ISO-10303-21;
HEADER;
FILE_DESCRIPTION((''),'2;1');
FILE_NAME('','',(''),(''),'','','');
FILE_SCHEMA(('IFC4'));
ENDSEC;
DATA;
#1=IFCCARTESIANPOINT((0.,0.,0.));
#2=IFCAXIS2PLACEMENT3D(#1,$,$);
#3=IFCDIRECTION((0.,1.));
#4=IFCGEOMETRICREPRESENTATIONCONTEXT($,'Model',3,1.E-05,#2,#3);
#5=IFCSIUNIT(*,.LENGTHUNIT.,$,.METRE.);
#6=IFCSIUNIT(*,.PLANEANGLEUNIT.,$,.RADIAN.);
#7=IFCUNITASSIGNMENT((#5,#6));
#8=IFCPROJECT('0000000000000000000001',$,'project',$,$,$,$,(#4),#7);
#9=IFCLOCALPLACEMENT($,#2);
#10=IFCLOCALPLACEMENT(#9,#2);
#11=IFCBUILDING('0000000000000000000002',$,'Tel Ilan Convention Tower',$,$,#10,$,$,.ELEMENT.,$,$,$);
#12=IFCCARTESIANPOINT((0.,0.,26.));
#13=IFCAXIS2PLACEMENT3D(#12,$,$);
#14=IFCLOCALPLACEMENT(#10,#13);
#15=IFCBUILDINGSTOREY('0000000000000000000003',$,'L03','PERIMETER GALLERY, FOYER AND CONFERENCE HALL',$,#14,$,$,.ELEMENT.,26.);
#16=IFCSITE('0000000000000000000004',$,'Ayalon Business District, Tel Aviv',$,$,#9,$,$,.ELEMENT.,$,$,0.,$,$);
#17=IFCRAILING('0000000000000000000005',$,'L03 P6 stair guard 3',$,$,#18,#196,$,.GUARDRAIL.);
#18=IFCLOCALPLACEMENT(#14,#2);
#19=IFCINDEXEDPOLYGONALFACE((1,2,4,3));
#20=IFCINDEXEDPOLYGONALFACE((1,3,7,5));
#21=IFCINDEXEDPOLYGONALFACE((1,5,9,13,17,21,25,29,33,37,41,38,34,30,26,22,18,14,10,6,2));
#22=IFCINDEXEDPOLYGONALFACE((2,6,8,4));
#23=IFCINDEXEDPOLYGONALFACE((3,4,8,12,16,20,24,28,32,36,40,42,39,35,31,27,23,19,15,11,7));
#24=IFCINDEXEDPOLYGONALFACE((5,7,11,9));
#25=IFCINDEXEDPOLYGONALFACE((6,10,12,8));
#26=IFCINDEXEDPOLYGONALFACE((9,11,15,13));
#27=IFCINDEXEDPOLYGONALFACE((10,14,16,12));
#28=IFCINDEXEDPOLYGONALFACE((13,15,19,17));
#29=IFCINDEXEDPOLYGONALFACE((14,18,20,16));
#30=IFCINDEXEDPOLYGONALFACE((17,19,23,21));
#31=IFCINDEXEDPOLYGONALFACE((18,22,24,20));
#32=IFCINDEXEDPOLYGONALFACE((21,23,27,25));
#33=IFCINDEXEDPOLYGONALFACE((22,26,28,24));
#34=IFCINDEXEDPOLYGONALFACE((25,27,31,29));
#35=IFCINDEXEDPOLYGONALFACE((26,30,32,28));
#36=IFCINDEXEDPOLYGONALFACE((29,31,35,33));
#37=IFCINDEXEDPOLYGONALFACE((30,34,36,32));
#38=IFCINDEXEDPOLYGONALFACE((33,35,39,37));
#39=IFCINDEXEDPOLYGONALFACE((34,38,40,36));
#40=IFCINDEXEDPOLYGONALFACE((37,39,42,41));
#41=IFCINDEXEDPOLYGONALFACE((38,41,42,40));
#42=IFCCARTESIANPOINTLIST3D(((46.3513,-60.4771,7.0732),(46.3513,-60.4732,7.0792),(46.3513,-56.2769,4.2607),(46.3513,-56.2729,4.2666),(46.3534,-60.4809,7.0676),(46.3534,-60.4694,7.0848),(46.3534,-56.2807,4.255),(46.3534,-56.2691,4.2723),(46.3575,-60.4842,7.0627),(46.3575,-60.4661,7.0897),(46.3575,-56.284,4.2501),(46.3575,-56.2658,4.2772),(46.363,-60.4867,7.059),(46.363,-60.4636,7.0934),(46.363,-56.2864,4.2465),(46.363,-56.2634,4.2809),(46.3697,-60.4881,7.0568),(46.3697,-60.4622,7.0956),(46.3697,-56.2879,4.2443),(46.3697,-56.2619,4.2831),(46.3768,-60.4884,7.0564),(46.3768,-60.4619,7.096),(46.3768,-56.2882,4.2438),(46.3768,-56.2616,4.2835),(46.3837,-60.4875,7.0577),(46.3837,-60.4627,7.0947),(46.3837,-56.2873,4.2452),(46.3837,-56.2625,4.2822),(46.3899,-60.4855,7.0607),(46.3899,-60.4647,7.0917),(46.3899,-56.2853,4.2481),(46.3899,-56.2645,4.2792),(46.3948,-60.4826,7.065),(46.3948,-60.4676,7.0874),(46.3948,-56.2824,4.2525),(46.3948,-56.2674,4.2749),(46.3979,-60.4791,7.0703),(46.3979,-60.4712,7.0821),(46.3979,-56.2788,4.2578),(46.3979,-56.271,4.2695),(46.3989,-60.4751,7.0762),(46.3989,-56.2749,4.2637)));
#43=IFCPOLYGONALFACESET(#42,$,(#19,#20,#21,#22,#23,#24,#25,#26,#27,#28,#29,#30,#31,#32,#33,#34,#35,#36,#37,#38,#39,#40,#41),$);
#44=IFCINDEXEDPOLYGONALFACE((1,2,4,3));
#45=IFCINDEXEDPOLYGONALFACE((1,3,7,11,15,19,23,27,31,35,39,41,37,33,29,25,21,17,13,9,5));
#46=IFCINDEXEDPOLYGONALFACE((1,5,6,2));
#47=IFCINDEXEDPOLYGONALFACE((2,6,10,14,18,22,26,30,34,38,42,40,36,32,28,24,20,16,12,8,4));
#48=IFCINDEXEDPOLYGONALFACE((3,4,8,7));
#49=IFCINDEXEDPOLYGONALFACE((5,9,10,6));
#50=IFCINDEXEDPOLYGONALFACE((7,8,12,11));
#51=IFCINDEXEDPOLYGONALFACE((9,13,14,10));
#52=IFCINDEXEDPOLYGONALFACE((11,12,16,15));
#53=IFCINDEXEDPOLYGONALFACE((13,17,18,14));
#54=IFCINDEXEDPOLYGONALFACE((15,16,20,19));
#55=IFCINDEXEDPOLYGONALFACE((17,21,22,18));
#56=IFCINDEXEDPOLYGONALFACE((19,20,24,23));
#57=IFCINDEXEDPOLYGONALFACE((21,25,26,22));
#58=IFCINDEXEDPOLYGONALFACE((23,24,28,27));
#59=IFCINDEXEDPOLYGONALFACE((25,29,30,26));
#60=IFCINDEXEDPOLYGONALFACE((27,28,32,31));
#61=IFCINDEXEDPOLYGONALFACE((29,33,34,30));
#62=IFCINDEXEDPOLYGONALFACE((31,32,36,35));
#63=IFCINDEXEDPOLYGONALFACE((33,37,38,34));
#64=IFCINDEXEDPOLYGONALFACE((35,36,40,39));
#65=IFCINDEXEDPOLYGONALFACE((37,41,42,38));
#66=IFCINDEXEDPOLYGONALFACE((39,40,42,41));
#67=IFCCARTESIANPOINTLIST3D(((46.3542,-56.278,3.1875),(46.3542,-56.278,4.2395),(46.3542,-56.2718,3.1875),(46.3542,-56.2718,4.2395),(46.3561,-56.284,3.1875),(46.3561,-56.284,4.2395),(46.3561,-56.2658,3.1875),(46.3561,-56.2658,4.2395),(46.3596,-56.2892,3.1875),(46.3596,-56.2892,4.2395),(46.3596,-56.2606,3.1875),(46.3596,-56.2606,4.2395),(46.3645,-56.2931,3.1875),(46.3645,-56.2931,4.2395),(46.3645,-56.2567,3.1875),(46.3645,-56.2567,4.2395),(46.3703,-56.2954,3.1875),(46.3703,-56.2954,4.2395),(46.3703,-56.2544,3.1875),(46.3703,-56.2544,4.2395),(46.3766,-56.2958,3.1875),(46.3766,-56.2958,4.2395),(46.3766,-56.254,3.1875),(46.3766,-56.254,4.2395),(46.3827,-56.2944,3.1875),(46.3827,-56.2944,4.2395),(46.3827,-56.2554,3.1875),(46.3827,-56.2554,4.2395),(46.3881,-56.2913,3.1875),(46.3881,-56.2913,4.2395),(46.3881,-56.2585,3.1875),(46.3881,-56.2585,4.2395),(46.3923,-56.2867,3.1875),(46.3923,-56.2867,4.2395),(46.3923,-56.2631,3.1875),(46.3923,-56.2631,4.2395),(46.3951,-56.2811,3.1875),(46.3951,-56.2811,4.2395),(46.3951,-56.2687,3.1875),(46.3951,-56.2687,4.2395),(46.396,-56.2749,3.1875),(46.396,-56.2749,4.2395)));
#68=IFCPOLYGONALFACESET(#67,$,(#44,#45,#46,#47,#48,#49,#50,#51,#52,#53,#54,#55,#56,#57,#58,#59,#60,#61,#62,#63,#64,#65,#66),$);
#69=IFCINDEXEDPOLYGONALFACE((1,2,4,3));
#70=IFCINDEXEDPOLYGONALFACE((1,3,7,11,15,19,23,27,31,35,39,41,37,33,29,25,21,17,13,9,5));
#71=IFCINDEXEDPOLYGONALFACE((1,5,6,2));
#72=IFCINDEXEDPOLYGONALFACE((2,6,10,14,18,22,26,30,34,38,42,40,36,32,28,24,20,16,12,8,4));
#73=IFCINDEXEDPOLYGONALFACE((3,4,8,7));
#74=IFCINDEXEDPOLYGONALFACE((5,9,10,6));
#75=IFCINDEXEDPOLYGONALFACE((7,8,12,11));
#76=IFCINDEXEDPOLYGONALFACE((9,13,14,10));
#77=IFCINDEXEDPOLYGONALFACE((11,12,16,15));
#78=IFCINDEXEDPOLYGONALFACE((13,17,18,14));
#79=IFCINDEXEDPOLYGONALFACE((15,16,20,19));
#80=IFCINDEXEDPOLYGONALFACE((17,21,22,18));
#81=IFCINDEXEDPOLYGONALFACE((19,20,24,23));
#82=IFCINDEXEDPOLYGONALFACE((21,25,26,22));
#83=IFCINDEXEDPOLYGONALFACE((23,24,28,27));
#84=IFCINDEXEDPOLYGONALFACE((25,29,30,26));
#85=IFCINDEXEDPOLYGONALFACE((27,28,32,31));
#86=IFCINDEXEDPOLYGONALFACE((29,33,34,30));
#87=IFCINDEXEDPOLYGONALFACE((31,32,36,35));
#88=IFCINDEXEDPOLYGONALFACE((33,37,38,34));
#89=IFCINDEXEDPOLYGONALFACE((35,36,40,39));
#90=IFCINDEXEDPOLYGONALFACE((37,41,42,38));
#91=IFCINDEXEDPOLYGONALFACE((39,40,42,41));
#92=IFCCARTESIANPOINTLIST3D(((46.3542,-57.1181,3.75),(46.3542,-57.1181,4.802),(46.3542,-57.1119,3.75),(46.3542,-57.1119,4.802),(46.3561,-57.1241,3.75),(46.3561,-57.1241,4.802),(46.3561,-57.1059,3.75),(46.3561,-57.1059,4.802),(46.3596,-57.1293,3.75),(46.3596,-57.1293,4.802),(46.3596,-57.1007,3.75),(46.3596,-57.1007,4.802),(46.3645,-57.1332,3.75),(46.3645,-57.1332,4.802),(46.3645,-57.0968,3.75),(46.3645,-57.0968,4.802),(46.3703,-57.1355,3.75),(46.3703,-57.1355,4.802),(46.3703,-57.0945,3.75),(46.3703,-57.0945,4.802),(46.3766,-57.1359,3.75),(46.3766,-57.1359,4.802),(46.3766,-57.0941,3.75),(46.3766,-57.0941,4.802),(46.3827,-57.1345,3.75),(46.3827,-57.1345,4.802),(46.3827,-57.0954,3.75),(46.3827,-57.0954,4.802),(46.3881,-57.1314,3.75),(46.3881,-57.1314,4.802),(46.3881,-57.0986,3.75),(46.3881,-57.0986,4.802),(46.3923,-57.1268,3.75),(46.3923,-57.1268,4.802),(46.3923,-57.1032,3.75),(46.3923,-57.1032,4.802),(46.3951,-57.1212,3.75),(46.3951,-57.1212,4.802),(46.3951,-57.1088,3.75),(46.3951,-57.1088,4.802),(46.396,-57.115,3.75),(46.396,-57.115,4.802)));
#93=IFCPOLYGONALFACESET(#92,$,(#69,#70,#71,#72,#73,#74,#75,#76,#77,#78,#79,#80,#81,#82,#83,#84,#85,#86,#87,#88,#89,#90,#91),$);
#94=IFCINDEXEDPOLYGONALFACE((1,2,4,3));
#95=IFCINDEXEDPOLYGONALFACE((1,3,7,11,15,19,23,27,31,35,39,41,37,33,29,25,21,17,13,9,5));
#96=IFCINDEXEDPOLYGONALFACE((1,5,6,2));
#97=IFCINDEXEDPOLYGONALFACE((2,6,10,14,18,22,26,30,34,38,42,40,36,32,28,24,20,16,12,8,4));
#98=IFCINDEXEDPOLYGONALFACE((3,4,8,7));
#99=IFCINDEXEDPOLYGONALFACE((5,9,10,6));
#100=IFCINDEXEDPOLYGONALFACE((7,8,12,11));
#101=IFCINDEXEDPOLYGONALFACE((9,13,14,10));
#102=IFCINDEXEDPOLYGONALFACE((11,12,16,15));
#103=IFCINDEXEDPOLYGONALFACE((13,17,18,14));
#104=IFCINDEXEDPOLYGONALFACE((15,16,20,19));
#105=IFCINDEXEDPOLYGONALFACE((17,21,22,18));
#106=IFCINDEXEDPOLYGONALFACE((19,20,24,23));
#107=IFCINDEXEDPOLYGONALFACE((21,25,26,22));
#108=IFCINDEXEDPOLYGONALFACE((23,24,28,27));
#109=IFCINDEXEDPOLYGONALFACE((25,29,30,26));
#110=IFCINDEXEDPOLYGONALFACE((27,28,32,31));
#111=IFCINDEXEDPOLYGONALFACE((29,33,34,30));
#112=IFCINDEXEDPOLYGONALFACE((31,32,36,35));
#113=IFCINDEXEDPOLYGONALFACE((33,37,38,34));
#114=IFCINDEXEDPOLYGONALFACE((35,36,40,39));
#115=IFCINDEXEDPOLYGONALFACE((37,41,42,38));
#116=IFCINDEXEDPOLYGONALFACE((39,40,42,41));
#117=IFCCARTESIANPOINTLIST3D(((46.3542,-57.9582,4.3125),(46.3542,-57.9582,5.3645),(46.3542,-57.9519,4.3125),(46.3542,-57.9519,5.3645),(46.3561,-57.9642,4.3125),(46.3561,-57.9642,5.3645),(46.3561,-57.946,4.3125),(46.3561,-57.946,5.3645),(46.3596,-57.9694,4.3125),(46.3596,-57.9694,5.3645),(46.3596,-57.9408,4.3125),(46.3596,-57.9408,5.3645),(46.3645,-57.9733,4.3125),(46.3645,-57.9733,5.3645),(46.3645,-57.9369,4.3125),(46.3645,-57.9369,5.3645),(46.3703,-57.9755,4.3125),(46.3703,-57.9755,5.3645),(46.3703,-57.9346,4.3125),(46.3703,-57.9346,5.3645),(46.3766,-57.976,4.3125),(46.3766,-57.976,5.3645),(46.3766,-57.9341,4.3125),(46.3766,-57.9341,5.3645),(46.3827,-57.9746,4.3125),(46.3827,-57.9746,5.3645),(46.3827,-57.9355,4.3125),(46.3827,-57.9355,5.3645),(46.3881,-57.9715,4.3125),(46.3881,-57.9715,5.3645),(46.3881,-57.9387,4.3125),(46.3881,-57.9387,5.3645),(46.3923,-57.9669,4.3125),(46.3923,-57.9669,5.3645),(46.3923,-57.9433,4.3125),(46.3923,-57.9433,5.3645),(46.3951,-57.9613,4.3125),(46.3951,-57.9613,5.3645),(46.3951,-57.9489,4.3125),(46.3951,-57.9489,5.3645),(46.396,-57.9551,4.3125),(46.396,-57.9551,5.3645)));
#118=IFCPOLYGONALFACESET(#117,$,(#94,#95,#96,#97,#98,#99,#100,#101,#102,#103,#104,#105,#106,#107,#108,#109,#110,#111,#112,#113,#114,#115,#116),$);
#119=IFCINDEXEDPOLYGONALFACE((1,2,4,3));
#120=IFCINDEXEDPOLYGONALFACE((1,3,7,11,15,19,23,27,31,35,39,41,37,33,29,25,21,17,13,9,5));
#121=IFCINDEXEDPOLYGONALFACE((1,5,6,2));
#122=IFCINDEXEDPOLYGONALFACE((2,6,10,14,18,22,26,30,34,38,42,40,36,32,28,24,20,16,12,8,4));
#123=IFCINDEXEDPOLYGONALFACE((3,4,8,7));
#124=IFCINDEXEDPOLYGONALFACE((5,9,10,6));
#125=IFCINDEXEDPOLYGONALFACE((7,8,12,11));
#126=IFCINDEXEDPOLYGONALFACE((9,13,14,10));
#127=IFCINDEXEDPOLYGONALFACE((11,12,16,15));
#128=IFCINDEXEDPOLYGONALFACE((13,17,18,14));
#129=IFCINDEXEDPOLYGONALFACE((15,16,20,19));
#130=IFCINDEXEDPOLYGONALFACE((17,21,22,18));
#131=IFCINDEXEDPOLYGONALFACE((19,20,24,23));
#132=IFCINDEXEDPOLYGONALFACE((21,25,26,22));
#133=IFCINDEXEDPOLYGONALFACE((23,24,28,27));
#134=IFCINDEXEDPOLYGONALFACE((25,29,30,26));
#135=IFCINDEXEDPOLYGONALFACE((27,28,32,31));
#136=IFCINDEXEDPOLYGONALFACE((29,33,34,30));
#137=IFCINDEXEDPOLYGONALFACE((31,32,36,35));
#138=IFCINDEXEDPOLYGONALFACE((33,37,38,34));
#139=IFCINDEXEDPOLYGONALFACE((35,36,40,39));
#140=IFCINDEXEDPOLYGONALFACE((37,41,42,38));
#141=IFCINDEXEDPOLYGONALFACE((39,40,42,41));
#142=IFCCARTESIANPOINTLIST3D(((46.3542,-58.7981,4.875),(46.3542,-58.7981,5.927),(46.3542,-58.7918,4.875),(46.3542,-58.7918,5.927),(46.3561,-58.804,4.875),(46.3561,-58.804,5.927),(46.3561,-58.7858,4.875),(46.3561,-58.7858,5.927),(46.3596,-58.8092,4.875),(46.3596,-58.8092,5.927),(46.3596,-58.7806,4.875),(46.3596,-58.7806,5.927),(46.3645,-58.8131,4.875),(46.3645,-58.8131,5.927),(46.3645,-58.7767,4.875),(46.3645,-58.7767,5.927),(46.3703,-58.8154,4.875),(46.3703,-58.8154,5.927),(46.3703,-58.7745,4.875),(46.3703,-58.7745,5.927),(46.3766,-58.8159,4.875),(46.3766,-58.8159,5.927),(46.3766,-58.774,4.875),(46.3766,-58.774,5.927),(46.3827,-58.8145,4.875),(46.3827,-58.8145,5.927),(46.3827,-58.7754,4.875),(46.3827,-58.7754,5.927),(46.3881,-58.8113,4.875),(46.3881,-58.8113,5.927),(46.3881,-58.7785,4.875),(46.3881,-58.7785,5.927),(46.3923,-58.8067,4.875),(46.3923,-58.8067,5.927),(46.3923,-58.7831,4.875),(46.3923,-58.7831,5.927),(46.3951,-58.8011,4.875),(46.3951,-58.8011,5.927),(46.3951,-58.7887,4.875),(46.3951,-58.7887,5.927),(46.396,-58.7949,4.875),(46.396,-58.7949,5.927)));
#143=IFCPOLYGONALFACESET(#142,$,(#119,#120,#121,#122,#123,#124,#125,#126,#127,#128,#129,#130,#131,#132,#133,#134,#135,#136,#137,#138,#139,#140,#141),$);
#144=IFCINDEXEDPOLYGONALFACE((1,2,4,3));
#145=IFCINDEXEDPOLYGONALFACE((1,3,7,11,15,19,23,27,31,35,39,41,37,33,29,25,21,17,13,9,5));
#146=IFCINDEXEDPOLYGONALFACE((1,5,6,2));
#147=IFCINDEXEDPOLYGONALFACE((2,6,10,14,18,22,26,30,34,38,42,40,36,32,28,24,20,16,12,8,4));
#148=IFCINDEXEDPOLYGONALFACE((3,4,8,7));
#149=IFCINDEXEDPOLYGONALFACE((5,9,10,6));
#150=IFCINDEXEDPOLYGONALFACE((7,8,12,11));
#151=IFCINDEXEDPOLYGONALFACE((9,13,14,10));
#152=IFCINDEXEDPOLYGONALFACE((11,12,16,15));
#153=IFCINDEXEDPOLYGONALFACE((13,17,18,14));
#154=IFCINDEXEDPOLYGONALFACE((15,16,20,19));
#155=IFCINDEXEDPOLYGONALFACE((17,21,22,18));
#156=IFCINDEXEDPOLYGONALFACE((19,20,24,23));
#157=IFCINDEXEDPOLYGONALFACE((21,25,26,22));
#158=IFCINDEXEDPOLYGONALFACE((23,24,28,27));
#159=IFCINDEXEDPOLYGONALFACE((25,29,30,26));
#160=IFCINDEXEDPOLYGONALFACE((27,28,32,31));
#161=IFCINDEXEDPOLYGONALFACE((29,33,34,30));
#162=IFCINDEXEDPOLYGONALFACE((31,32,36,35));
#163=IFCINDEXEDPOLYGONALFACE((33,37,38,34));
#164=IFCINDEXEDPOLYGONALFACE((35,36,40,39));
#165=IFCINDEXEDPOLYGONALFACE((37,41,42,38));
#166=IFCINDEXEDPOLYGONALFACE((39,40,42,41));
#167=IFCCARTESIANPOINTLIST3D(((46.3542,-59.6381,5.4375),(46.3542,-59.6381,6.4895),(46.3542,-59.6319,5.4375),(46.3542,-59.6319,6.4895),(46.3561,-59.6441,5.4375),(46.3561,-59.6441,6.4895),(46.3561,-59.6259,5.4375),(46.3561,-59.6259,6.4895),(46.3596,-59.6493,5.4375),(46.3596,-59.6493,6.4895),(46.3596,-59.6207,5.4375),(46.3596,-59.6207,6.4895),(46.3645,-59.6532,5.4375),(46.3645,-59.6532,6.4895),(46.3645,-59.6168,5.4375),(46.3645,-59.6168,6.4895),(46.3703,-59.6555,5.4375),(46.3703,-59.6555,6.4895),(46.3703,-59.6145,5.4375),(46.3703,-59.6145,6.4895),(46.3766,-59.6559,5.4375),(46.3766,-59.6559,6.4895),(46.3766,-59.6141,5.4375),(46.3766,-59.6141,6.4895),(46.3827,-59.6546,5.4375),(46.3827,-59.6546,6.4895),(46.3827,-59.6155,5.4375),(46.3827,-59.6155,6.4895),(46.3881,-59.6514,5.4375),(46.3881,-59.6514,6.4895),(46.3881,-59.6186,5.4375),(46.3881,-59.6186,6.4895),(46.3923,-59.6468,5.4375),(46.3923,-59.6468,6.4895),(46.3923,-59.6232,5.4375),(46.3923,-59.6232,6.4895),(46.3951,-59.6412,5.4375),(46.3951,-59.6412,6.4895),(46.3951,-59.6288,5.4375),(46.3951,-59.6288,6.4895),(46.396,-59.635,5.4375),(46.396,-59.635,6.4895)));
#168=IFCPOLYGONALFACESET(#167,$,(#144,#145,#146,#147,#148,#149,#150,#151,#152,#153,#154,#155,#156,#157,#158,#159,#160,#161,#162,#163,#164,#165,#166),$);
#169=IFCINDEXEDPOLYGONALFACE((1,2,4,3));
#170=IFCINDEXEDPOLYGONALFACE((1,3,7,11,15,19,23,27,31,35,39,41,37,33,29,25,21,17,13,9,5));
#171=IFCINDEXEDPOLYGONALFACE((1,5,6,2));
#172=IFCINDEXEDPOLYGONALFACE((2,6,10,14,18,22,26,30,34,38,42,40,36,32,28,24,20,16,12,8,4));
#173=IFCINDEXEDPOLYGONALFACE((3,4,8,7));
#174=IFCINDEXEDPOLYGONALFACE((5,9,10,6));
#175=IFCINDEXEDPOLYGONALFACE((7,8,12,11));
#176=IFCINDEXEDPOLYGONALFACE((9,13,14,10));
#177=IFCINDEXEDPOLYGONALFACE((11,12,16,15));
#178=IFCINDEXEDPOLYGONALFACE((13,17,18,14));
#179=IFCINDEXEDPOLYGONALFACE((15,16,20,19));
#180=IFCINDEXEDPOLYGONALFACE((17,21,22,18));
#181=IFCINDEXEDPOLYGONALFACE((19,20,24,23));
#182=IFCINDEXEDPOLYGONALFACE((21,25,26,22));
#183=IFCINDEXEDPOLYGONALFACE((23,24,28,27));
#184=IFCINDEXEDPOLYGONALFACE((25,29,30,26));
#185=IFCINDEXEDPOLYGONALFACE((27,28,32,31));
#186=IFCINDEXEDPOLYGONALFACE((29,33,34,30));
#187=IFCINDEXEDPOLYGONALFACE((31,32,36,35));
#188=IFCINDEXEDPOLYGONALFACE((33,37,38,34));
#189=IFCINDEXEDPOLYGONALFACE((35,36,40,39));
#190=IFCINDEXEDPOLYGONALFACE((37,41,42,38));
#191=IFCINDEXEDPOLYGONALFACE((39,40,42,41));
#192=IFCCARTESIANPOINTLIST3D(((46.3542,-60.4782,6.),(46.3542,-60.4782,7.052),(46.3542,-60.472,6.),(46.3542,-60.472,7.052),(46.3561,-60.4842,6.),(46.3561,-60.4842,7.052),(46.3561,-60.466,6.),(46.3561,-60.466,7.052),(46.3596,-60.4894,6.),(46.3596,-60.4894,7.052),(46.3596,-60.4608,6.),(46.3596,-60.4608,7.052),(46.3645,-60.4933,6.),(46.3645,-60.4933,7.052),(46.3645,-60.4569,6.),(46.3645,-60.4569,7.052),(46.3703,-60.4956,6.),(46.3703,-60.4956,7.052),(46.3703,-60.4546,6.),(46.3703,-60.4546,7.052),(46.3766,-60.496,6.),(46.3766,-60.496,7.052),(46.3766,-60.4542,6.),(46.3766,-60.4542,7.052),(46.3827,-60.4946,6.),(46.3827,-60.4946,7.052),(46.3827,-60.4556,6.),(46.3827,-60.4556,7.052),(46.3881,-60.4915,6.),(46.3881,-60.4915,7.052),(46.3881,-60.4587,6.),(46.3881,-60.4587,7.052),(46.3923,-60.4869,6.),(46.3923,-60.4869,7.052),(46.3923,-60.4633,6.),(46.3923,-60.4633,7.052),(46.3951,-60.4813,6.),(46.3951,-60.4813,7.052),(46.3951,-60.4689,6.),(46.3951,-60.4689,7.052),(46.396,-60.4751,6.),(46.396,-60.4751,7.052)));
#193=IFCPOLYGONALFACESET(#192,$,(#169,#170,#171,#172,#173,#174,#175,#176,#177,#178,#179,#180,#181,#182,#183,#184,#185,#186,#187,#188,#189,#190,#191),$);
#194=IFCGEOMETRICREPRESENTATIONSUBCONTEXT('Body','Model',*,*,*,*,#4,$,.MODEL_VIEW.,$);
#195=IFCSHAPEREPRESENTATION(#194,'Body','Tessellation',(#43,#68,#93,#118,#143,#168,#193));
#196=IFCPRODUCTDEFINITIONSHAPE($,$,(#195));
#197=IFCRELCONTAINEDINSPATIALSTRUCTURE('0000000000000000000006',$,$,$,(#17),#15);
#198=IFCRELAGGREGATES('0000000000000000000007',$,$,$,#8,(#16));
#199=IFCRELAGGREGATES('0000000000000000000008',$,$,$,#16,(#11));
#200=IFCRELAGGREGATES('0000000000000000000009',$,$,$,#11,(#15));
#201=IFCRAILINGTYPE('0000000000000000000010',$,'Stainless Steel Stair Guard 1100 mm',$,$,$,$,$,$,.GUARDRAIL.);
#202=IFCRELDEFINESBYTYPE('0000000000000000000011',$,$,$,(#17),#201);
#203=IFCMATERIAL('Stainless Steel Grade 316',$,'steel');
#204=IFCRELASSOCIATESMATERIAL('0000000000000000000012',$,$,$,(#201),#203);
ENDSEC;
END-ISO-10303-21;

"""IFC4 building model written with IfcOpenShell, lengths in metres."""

from ifc_helpers import new_model, si_unit, direction, frame, origin, origin_2d, place, context, subcontext, project, spatial, circle, extrude, material, type_object, element, save


model = new_model("IFC4")

# Units and contexts
model_context = context("Model", 3, precision=1e-05, world=origin(), true_north=direction((0.0, 1.0)))
body_context = subcontext(model_context, "Body", "Model", "MODEL_VIEW")
ifc_project = project(units=[si_unit("LENGTHUNIT", "METRE"), si_unit("PLANEANGLEUNIT", "RADIAN")], contexts=[model_context])

# Site, building, storey
site_placement = place(None, origin())
site = spatial("IfcSite", under=ifc_project, at=site_placement, Name="Ayalon Business District, Tel Aviv", CompositionType="ELEMENT", RefElevation=0.0)
building_placement = place(site_placement, origin())
building = spatial("IfcBuilding", under=site, at=building_placement, Name="Tel Ilan Convention Tower", CompositionType="ELEMENT")
storey_placement = place(building_placement, frame((0.0, 0.0, 26.0)))
storey = spatial("IfcBuildingStorey", under=building, at=storey_placement, Name="L03", Description="PERIMETER GALLERY, FOYER AND CONFERENCE HALL", CompositionType="ELEMENT", Elevation=26.0)

# Railing
ifc_material_1 = material(Name="Stainless Steel Grade 316", Category="steel")
railing_type_1 = type_object("IfcRailingType", Name="Stainless Steel Stair Guard 1100 mm", PredefinedType="GUARDRAIL", material=ifc_material_1)
railing_1_placement = place(storey_placement, frame((46.375, -56.2749, 3.1875)))
element("IfcRailing", 1, at=railing_1_placement, inside=storey, type_object=railing_type_1, Name="L03 P6 stair guard 3", PredefinedType="GUARDRAIL", context=body_context, shape_type="SweptSolid", body=[
    extrude(circle(Radius=0.0239, at=origin_2d()), frame((0.0, 0.0, 1.0762), z_axis=(0.0, -0.830919, 0.556393), x_axis=(1.0, 0.0, 0.0)), (0.0, 0.0, 1.0), 5.0549),
    extrude(circle(Radius=0.021, at=origin_2d()), origin(), (0.0, 0.0, 1.0), 1.052),
    extrude(circle(Radius=0.021, at=origin_2d()), frame((0.0, -0.8401, 0.5625)), (0.0, 0.0, 1.0), 1.052),
    extrude(circle(Radius=0.021, at=origin_2d()), frame((0.0, -1.6802, 1.125)), (0.0, 0.0, 1.0), 1.052),
    extrude(circle(Radius=0.021, at=origin_2d()), frame((0.0, -2.52, 1.6875)), (0.0, 0.0, 1.0), 1.052),
    extrude(circle(Radius=0.021, at=origin_2d()), frame((0.0, -3.3601, 2.25)), (0.0, 0.0, 1.0), 1.052),
    extrude(circle(Radius=0.021, at=origin_2d()), frame((0.0, -4.2002, 2.8125)), (0.0, 0.0, 1.0), 1.052),
])

save(model, "model.ifc")
